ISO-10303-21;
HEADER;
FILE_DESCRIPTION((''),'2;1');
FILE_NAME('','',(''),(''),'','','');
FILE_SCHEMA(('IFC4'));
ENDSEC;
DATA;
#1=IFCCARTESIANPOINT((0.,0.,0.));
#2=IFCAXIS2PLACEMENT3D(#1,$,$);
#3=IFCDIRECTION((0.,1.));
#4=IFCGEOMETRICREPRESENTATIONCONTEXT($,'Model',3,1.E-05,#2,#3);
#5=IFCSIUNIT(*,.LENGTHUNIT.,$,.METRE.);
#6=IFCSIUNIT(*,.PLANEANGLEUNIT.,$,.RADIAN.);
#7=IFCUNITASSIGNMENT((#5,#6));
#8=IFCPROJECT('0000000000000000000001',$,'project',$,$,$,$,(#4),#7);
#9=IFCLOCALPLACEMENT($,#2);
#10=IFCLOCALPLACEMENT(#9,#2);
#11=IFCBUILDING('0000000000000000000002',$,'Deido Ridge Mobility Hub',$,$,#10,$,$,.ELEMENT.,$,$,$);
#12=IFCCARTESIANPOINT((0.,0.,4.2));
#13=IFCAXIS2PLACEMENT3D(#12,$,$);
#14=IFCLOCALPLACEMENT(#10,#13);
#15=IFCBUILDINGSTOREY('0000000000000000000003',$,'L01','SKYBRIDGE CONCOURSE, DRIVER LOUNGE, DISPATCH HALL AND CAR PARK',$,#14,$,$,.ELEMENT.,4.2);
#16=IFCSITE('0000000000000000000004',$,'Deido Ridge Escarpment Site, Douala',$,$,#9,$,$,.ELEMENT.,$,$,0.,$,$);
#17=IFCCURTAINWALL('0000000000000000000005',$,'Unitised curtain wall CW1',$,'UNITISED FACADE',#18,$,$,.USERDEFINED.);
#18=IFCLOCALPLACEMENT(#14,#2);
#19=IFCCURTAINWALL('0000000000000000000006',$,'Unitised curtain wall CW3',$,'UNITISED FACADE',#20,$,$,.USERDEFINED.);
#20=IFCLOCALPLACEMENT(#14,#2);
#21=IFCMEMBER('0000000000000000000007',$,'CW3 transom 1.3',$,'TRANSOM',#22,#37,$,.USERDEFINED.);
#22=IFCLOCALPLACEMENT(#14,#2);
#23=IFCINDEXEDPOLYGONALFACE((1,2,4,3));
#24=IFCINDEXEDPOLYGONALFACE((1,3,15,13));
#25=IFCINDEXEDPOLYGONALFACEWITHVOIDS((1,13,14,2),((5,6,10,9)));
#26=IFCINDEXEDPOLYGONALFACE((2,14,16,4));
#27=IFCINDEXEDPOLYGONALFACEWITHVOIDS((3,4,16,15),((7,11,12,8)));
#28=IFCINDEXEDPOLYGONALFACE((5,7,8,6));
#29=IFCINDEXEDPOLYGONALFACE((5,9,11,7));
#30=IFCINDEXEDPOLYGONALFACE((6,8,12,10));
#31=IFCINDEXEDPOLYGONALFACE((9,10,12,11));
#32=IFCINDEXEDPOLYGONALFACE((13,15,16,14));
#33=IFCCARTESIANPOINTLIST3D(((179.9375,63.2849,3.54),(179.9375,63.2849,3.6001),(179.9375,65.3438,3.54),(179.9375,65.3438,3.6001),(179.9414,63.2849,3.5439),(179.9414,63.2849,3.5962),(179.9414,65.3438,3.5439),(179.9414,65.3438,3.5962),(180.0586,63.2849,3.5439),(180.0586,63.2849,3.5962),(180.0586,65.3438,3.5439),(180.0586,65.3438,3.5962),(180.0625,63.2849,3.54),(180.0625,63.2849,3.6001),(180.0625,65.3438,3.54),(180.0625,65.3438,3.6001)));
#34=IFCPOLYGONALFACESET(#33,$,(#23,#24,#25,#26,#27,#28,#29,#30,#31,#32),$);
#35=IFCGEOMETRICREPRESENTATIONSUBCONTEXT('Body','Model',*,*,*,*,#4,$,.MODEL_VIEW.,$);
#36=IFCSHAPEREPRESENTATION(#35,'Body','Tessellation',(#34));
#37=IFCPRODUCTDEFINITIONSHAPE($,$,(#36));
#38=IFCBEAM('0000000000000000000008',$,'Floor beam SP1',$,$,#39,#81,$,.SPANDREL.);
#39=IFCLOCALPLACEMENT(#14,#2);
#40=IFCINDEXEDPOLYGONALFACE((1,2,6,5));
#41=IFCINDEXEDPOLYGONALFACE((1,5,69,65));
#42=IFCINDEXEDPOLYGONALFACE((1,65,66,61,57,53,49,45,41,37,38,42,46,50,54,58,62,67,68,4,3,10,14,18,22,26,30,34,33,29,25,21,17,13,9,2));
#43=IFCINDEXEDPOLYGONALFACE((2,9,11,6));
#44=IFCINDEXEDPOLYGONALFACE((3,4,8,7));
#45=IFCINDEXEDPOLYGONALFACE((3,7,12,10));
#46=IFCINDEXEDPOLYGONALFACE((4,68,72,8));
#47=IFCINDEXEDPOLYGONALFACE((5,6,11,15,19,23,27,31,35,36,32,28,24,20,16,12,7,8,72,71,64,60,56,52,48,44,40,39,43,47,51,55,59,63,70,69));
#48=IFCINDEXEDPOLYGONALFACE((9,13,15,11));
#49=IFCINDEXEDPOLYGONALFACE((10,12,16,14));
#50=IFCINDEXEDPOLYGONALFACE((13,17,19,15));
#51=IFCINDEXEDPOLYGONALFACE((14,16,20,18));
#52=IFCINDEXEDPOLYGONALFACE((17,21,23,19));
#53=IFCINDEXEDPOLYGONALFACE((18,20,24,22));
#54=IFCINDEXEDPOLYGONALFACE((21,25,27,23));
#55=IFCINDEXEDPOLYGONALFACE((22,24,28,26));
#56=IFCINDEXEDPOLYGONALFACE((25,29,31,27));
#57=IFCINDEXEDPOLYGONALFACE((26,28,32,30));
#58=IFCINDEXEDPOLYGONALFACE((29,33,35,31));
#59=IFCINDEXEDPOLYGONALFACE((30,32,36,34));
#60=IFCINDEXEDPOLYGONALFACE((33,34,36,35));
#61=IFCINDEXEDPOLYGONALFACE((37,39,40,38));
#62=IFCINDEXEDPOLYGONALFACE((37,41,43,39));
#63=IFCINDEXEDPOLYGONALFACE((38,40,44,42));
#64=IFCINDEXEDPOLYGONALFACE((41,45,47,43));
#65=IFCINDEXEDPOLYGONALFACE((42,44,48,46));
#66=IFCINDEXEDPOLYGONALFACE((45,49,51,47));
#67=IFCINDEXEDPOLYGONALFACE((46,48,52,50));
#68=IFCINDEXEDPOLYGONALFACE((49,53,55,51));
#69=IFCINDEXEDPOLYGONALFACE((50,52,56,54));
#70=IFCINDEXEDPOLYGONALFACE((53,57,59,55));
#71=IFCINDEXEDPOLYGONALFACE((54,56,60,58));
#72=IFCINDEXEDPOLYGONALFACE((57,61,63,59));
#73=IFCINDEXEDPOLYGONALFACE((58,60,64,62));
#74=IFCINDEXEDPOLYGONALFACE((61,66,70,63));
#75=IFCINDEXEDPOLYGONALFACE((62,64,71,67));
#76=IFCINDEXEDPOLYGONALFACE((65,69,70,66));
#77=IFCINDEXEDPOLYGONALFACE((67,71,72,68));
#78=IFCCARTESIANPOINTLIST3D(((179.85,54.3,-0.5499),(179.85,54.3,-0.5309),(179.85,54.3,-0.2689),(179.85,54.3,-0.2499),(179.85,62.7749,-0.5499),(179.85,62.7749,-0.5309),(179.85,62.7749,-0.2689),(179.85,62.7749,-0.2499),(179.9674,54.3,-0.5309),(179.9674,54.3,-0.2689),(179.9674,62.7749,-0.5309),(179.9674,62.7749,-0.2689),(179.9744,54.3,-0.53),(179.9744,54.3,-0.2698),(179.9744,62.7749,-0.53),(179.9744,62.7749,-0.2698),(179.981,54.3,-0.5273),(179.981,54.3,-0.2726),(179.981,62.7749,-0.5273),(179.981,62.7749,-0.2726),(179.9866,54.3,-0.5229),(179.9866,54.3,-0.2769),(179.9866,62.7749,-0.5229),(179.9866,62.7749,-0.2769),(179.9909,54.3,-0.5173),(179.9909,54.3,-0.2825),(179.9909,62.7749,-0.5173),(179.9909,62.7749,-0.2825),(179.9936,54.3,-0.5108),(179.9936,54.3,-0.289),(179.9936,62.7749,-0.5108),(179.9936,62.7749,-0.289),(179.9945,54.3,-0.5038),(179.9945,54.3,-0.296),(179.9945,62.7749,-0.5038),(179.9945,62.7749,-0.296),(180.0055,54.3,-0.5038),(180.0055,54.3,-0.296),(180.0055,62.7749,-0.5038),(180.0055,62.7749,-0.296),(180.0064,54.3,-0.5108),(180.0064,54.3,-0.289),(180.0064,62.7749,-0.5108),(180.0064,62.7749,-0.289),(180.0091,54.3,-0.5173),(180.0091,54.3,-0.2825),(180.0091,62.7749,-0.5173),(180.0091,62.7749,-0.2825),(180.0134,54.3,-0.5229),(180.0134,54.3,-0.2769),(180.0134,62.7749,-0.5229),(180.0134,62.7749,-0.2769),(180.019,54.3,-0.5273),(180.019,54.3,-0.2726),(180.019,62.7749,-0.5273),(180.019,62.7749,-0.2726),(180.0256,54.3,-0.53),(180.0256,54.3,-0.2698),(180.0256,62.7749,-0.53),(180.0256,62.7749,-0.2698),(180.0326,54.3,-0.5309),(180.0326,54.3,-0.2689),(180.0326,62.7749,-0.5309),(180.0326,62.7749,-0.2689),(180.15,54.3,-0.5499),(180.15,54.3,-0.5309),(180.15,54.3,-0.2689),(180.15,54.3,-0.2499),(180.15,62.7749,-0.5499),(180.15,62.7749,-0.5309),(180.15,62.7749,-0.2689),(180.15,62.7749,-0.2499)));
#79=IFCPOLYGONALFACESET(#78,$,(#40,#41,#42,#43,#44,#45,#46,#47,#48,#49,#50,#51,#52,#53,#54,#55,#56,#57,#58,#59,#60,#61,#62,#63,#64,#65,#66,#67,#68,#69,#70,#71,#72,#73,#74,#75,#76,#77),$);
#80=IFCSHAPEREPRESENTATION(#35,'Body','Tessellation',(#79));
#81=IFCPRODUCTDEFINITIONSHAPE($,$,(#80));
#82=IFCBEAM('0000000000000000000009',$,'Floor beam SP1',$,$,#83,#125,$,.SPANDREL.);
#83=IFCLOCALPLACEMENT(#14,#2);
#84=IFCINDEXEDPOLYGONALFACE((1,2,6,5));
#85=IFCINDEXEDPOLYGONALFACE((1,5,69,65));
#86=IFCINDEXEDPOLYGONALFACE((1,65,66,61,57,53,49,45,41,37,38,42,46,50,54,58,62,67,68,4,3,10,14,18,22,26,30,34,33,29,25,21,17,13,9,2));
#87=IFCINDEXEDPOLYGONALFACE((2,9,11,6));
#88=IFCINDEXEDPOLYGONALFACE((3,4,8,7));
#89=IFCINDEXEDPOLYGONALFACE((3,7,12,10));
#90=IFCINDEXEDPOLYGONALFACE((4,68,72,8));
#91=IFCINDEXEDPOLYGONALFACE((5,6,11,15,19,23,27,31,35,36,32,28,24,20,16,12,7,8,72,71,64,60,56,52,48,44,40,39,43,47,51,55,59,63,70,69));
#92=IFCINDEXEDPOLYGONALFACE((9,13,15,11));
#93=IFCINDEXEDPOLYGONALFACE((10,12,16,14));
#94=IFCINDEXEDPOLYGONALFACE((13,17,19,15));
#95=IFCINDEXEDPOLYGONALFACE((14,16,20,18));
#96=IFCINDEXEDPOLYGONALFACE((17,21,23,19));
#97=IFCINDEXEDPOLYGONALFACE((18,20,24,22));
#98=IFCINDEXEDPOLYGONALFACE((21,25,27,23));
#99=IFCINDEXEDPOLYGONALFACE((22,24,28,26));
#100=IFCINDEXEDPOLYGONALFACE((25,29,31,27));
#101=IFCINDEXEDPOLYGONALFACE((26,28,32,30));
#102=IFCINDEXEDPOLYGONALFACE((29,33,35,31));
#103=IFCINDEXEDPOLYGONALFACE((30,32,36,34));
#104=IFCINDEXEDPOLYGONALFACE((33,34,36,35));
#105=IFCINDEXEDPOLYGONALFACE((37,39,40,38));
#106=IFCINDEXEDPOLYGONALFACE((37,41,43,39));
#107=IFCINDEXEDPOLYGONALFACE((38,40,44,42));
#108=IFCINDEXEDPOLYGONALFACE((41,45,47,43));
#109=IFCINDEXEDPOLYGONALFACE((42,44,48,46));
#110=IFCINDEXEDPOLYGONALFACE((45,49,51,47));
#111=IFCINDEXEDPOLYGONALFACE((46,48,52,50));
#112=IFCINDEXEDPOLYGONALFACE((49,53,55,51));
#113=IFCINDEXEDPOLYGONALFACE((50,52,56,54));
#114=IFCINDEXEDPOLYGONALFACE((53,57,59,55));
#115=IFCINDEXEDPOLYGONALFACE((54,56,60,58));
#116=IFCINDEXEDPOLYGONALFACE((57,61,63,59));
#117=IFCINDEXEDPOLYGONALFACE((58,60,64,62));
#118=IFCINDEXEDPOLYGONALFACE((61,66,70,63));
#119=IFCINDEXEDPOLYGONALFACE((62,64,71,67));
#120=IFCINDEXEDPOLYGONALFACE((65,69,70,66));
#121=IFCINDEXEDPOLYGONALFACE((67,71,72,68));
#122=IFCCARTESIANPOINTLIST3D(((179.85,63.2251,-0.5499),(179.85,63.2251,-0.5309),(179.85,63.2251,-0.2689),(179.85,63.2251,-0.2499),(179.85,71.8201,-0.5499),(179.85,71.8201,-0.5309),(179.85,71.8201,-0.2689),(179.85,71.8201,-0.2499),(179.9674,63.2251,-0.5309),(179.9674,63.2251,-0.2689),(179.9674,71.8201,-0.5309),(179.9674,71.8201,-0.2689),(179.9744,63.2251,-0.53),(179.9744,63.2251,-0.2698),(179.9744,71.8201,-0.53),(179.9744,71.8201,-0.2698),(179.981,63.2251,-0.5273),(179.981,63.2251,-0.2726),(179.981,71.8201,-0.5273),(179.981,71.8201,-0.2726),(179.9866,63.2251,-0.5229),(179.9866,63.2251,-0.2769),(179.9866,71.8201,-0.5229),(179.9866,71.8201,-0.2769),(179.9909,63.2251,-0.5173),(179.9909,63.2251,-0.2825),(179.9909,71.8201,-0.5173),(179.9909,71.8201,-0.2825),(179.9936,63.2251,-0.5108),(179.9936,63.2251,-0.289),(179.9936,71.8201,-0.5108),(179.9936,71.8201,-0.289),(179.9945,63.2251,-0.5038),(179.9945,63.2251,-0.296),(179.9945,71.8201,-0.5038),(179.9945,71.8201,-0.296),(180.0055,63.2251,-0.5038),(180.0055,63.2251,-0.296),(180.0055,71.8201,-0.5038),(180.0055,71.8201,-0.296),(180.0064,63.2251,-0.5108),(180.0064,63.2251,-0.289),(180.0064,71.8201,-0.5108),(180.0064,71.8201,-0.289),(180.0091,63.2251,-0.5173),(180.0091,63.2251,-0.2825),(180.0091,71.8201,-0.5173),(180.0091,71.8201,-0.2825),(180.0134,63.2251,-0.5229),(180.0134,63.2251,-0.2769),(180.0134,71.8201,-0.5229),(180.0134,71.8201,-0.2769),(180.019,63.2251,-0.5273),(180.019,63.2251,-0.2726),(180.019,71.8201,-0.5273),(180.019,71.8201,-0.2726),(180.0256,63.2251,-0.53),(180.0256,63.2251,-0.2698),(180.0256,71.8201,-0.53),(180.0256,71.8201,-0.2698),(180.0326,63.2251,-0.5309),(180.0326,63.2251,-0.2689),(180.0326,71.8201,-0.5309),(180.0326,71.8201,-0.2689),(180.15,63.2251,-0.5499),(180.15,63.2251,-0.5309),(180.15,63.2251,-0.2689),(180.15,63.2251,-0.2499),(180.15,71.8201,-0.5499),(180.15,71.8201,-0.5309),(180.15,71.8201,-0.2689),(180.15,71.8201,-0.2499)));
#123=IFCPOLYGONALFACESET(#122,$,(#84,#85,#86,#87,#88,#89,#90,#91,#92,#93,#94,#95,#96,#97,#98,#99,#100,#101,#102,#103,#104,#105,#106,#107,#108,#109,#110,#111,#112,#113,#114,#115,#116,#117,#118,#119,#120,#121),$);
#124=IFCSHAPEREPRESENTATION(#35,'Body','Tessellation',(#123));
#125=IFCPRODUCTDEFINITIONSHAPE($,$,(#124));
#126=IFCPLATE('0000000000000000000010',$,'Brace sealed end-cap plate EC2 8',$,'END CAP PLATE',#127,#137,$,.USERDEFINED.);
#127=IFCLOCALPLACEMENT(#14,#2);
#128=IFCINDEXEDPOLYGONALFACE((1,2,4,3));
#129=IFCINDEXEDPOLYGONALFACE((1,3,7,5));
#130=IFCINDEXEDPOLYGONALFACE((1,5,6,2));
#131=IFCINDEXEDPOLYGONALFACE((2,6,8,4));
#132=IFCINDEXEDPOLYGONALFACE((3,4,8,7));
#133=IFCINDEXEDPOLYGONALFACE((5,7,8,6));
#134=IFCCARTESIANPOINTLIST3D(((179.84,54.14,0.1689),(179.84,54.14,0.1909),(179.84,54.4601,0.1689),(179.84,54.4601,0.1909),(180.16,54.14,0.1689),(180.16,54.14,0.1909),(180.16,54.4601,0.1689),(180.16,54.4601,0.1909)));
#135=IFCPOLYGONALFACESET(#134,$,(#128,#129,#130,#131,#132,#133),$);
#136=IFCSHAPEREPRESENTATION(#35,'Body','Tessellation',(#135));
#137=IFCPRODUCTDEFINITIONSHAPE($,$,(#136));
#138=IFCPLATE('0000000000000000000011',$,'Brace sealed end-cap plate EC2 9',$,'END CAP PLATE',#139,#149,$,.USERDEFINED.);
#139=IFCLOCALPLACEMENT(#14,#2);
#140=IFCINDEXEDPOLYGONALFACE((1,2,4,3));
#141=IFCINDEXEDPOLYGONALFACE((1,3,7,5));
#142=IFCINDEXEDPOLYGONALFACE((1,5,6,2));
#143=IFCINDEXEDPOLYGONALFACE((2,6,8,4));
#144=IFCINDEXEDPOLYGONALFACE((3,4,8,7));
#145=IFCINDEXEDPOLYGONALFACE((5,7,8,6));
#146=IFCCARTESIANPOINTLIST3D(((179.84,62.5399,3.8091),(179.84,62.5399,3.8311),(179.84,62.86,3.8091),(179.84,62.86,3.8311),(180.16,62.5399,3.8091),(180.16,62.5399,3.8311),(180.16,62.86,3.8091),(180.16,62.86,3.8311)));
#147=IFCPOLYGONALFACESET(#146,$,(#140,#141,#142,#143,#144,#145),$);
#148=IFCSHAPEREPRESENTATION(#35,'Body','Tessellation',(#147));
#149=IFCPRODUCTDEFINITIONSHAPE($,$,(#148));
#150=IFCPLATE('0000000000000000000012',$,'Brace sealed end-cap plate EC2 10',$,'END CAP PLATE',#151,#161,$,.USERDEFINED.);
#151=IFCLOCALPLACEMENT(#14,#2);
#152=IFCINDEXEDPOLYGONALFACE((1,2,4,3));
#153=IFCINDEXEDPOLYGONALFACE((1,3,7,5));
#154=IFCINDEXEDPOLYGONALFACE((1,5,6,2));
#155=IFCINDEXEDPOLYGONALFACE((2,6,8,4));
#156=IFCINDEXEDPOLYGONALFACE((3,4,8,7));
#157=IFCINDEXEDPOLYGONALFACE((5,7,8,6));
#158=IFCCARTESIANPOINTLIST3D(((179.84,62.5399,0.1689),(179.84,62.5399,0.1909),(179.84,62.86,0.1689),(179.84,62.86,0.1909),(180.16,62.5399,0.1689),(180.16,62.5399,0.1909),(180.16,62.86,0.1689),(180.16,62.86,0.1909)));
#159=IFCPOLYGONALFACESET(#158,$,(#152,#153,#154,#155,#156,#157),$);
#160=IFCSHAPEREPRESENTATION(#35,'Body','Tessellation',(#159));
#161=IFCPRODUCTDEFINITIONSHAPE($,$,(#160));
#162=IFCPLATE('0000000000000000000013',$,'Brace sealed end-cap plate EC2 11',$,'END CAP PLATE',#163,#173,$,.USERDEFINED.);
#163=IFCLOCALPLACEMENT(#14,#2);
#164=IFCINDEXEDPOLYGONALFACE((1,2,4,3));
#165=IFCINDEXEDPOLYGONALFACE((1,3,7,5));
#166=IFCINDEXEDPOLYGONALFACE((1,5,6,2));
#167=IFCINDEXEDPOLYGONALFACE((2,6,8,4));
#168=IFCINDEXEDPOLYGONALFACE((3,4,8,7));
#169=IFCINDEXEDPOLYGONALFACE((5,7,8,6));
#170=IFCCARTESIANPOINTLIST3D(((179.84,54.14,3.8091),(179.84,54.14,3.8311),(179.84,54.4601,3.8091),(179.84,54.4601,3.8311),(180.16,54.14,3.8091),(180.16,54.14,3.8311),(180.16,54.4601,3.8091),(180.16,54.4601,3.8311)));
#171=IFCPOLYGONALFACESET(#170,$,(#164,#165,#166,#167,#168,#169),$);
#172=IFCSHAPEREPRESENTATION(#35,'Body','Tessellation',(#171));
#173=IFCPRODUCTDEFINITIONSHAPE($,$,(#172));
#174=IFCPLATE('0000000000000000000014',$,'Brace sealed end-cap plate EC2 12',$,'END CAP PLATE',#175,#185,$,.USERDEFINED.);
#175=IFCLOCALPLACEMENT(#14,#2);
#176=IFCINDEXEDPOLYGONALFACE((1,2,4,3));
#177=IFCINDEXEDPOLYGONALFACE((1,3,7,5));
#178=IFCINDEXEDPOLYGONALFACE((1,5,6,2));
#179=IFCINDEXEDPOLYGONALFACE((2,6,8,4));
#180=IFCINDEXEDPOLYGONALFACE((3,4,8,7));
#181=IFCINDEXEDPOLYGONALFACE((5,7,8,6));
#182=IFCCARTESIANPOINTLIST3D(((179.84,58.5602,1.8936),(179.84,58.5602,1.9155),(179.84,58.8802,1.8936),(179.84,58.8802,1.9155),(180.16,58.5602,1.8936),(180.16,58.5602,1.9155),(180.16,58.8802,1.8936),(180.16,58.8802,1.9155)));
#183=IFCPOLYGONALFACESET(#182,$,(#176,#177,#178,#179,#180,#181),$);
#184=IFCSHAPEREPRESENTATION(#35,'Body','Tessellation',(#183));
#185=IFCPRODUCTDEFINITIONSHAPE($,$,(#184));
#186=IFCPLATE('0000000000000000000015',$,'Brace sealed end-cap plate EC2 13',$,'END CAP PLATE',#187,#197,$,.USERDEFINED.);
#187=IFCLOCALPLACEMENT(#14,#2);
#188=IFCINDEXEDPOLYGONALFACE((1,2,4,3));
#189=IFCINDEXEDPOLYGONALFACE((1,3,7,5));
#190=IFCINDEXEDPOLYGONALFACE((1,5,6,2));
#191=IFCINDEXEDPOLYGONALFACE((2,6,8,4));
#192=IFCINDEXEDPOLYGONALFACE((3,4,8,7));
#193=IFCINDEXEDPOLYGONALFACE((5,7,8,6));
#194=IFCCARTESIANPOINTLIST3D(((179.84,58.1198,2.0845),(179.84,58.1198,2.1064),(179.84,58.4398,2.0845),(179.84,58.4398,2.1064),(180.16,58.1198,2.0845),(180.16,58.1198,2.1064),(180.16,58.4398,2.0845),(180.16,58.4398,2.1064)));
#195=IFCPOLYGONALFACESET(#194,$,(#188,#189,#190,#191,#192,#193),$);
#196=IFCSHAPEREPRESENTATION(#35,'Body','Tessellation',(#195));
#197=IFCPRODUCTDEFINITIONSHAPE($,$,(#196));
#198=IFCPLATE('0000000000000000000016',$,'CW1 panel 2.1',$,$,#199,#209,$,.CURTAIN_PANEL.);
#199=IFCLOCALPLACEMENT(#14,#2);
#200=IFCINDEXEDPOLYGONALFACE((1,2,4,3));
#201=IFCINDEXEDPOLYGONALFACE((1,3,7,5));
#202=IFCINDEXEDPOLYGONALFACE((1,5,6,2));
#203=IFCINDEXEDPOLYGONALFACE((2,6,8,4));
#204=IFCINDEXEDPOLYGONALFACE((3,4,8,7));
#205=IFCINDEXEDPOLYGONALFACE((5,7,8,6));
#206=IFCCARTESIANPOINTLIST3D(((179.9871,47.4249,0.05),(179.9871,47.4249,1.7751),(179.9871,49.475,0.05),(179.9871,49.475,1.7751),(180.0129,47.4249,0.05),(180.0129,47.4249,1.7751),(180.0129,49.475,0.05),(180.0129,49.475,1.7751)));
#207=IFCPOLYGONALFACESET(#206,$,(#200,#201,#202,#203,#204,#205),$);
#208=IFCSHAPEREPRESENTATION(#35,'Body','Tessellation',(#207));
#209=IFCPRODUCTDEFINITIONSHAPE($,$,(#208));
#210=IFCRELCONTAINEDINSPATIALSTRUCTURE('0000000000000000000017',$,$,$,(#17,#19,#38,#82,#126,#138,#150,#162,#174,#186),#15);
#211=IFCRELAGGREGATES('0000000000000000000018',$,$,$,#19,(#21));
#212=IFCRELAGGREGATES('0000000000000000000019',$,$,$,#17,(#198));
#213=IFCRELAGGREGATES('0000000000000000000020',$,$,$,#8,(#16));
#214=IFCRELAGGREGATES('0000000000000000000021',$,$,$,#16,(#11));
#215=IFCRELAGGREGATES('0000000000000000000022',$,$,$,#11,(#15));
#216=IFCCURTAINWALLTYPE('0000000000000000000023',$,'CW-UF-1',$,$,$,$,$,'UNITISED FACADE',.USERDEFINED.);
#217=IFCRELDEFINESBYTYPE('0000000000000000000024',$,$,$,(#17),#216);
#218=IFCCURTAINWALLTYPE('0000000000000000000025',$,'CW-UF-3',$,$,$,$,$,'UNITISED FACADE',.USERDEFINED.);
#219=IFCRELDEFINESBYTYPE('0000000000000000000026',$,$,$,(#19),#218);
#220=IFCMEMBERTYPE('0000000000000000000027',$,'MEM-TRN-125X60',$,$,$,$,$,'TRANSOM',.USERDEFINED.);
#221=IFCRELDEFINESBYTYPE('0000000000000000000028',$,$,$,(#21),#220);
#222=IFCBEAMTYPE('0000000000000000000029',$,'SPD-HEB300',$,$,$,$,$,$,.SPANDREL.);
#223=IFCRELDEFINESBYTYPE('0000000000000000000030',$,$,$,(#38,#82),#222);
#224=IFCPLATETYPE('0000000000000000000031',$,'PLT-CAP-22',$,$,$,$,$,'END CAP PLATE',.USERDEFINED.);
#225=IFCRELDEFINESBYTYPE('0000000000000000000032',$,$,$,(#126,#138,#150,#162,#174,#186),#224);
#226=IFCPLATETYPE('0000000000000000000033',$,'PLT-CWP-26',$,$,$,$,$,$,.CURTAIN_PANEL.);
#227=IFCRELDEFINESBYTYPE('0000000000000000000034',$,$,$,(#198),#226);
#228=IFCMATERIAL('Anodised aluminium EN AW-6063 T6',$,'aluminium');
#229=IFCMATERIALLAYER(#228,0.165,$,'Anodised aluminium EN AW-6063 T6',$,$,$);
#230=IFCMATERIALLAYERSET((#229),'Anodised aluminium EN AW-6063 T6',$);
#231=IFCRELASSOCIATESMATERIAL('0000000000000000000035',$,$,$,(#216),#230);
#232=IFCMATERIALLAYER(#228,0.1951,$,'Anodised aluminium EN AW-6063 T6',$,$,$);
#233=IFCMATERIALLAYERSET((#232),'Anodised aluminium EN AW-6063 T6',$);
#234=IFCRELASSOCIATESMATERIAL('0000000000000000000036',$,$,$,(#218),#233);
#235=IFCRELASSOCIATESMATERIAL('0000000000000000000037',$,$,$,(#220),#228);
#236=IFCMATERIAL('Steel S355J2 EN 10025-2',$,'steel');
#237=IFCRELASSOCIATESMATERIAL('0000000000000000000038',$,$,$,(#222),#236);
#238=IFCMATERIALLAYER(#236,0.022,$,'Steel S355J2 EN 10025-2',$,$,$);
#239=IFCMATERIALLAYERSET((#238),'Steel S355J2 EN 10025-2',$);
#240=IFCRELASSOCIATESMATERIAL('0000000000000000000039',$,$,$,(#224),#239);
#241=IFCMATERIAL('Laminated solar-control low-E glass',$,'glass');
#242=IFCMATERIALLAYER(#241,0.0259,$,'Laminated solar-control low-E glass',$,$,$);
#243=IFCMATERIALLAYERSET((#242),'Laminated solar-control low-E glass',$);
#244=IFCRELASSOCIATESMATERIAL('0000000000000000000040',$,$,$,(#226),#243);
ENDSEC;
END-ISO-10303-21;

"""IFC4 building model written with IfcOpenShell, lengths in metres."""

from ifc_helpers import new_model, si_unit, direction, frame, origin, origin_2d, place, context, subcontext, project, spatial, rectangle, hollow_rectangle, i_section, extrude, material, layer, layer_set, material_profile, profile_set, type_object, element, aggregate, save


model = new_model("IFC4")

# Units and contexts
model_context = context("Model", 3, precision=1e-05, world=origin(), true_north=direction((0.0, 1.0)))
body_context = subcontext(model_context, "Body", "Model", "MODEL_VIEW")
ifc_project = project(units=[si_unit("LENGTHUNIT", "METRE"), si_unit("PLANEANGLEUNIT", "RADIAN")], contexts=[model_context])

# Site, building, storey
site_placement = place(None, origin())
site = spatial("IfcSite", under=ifc_project, at=site_placement, Name="Deido Ridge Escarpment Site, Douala", CompositionType="ELEMENT", RefElevation=0.0)
building_placement = place(site_placement, origin())
building = spatial("IfcBuilding", under=site, at=building_placement, Name="Deido Ridge Mobility Hub", CompositionType="ELEMENT")
storey_placement = place(building_placement, frame((0.0, 0.0, 4.2)))
storey = spatial("IfcBuildingStorey", under=building, at=storey_placement, Name="L01", Description="SKYBRIDGE CONCOURSE, DRIVER LOUNGE, DISPATCH HALL AND CAR PARK", CompositionType="ELEMENT", Elevation=4.2)

# Shared definitions
ifc_material_1 = material(Name="Steel S355J2 EN 10025-2", Category="steel")

# Curtain wall
ifc_material_2 = material(Name="Anodised aluminium EN AW-6063 T6", Category="aluminium")
ifc_layer_1 = layer(ifc_material_2, 0.165, Name="Anodised aluminium EN AW-6063 T6")
ifc_layer_set_1 = layer_set([ifc_layer_1], Name="Anodised aluminium EN AW-6063 T6")
curtain_wall_type_1 = type_object("IfcCurtainWallType", Name="CW-UF-1", ElementType="UNITISED FACADE", PredefinedType="USERDEFINED", material=ifc_layer_set_1)
curtain_wall_1_placement = place(storey_placement, origin())
curtain_wall_1 = element("IfcCurtainWall", 1, at=curtain_wall_1_placement, inside=storey, type_object=curtain_wall_type_1, Name="Unitised curtain wall CW1", ObjectType="UNITISED FACADE", PredefinedType="USERDEFINED")

# Curtain wall
ifc_layer_2 = layer(ifc_material_2, 0.1951, Name="Anodised aluminium EN AW-6063 T6")
ifc_layer_set_2 = layer_set([ifc_layer_2], Name="Anodised aluminium EN AW-6063 T6")
curtain_wall_type_2 = type_object("IfcCurtainWallType", Name="CW-UF-3", ElementType="UNITISED FACADE", PredefinedType="USERDEFINED", material=ifc_layer_set_2)
curtain_wall_2_placement = place(storey_placement, origin())
curtain_wall_2 = element("IfcCurtainWall", 2, at=curtain_wall_2_placement, inside=storey, type_object=curtain_wall_type_2, Name="Unitised curtain wall CW3", ObjectType="UNITISED FACADE", PredefinedType="USERDEFINED")

# Member
ifc_material_profile_1 = material_profile(ifc_material_2, hollow_rectangle(XDim=0.125, YDim=0.0601, WallThickness=0.0039, at=origin_2d()), Name="RHS 125x60x4")
ifc_profile_set_1 = profile_set([ifc_material_profile_1], Name="Anodised aluminium EN AW-6063 T6")
member_type_1 = type_object("IfcMemberType", Name="MEM-TRN-125X60", ElementType="TRANSOM", PredefinedType="USERDEFINED", material=ifc_profile_set_1)
member_1_placement = place(storey_placement, frame((180.0, 63.2849, 3.5701), z_axis=(0.0, 1.0, 0.0), x_axis=(-1.0, 0.0, 0.0)))
member_1 = element("IfcMember", 3, at=member_1_placement, type_object=member_type_1, Name="CW3 transom 1.3", ObjectType="TRANSOM", PredefinedType="USERDEFINED", context=body_context, shape_type="SweptSolid", body=[
    extrude(hollow_rectangle(XDim=0.125, YDim=0.0601, WallThickness=0.0039, at=origin_2d()), origin(), (0.0, 0.0, 1.0), 2.0588),
])
aggregate(curtain_wall_2, [member_1])

# Beams
ifc_material_profile_2 = material_profile(ifc_material_1, i_section(OverallWidth=0.3, OverallDepth=0.3, WebThickness=0.011, FlangeThickness=0.019, FilletRadius=0.0271, at=origin_2d()), Name="HEB 300")
ifc_profile_set_2 = profile_set([ifc_material_profile_2], Name="Steel S355J2 EN 10025-2")
beam_type = type_object("IfcBeamType", Name="SPD-HEB300", PredefinedType="SPANDREL", material=ifc_profile_set_2)
beam_1_placement = place(storey_placement, frame((180.0, 54.3, -0.3999), z_axis=(0.0, 1.0, 0.0), x_axis=(-1.0, 0.0, 0.0)))
element("IfcBeam", 4, at=beam_1_placement, inside=storey, type_object=beam_type, Name="Floor beam SP1", PredefinedType="SPANDREL", context=body_context, shape_type="SweptSolid", body=[
    extrude(i_section(OverallWidth=0.3, OverallDepth=0.3, WebThickness=0.011, FlangeThickness=0.019, FilletRadius=0.0271, at=origin_2d()), origin(), (0.0, 0.0, 1.0), 8.4749),
])
beam_2_placement = place(storey_placement, frame((180.0, 63.2251, -0.3999), z_axis=(0.0, 1.0, 0.0), x_axis=(-1.0, 0.0, 0.0)))
element("IfcBeam", 5, at=beam_2_placement, inside=storey, type_object=beam_type, Name="Floor beam SP1", PredefinedType="SPANDREL", context=body_context, shape_type="SweptSolid", body=[
    extrude(i_section(OverallWidth=0.3, OverallDepth=0.3, WebThickness=0.011, FlangeThickness=0.019, FilletRadius=0.0271, at=origin_2d()), origin(), (0.0, 0.0, 1.0), 8.595),
])

# Plates
ifc_layer_3 = layer(ifc_material_1, 0.022, Name="Steel S355J2 EN 10025-2")
ifc_layer_set_3 = layer_set([ifc_layer_3], Name="Steel S355J2 EN 10025-2")
plate_type_1 = type_object("IfcPlateType", Name="PLT-CAP-22", ElementType="END CAP PLATE", PredefinedType="USERDEFINED", material=ifc_layer_set_3)
for number, where, z_axis, x_axis, name in (
    (6, (180.0, 54.3, 0.1689), (0.0, 0.0, 1.0), (1.0, 0.0, 0.0), "Brace sealed end-cap plate EC2 8"),
    (7, (180.0, 62.7, 3.8091), (0.0, 0.0, 1.0), (1.0, 0.0, 0.0), "Brace sealed end-cap plate EC2 9"),
    (8, (180.0, 62.7, 0.1689), (0.0, 0.0, 1.0), (1.0, 0.0, 0.0), "Brace sealed end-cap plate EC2 10"),
    (9, (180.0, 54.3, 3.8091), (0.0, 0.0, 1.0), (1.0, 0.0, 0.0), "Brace sealed end-cap plate EC2 11"),
    (10, (180.0, 58.7202, 1.8936), (0.0, 0.0, 1.0), (1.0, 0.0, 0.0), "Brace sealed end-cap plate EC2 12"),
    (11, (180.0, 58.2798, 2.0845), (0.0, 0.0, 1.0), (1.0, 0.0, 0.0), "Brace sealed end-cap plate EC2 13"),
):
    element("IfcPlate", number, at=place(storey_placement, frame(where, z_axis=z_axis, x_axis=x_axis)), inside=storey, type_object=plate_type_1, Name=name, ObjectType="END CAP PLATE", PredefinedType="USERDEFINED", context=body_context, shape_type="SweptSolid", body=[
        extrude(rectangle(XDim=0.3201, YDim=0.3201, at=origin_2d()), origin(), (0.0, 0.0, 1.0), 0.022),
    ])

# Plate
ifc_material_3 = material(Name="Laminated solar-control low-E glass", Category="glass")
ifc_layer_4 = layer(ifc_material_3, 0.0259, Name="Laminated solar-control low-E glass")
ifc_layer_set_4 = layer_set([ifc_layer_4], Name="Laminated solar-control low-E glass")
plate_type_2 = type_object("IfcPlateType", Name="PLT-CWP-26", PredefinedType="CURTAIN_PANEL", material=ifc_layer_set_4)
plate_1_placement = place(storey_placement, frame((180.0, 48.45, 0.05), z_axis=(0.0, 0.0, 1.0), x_axis=(0.0, 1.0, 0.0)))
plate_1 = element("IfcPlate", 12, at=plate_1_placement, type_object=plate_type_2, Name="CW1 panel 2.1", PredefinedType="CURTAIN_PANEL", context=body_context, shape_type="SweptSolid", body=[
    extrude(rectangle(XDim=2.05, YDim=0.0259, at=origin_2d()), origin(), (0.0, 0.0, 1.0), 1.7251),
])
aggregate(curtain_wall_1, [plate_1])

save(model, "model.ifc")
